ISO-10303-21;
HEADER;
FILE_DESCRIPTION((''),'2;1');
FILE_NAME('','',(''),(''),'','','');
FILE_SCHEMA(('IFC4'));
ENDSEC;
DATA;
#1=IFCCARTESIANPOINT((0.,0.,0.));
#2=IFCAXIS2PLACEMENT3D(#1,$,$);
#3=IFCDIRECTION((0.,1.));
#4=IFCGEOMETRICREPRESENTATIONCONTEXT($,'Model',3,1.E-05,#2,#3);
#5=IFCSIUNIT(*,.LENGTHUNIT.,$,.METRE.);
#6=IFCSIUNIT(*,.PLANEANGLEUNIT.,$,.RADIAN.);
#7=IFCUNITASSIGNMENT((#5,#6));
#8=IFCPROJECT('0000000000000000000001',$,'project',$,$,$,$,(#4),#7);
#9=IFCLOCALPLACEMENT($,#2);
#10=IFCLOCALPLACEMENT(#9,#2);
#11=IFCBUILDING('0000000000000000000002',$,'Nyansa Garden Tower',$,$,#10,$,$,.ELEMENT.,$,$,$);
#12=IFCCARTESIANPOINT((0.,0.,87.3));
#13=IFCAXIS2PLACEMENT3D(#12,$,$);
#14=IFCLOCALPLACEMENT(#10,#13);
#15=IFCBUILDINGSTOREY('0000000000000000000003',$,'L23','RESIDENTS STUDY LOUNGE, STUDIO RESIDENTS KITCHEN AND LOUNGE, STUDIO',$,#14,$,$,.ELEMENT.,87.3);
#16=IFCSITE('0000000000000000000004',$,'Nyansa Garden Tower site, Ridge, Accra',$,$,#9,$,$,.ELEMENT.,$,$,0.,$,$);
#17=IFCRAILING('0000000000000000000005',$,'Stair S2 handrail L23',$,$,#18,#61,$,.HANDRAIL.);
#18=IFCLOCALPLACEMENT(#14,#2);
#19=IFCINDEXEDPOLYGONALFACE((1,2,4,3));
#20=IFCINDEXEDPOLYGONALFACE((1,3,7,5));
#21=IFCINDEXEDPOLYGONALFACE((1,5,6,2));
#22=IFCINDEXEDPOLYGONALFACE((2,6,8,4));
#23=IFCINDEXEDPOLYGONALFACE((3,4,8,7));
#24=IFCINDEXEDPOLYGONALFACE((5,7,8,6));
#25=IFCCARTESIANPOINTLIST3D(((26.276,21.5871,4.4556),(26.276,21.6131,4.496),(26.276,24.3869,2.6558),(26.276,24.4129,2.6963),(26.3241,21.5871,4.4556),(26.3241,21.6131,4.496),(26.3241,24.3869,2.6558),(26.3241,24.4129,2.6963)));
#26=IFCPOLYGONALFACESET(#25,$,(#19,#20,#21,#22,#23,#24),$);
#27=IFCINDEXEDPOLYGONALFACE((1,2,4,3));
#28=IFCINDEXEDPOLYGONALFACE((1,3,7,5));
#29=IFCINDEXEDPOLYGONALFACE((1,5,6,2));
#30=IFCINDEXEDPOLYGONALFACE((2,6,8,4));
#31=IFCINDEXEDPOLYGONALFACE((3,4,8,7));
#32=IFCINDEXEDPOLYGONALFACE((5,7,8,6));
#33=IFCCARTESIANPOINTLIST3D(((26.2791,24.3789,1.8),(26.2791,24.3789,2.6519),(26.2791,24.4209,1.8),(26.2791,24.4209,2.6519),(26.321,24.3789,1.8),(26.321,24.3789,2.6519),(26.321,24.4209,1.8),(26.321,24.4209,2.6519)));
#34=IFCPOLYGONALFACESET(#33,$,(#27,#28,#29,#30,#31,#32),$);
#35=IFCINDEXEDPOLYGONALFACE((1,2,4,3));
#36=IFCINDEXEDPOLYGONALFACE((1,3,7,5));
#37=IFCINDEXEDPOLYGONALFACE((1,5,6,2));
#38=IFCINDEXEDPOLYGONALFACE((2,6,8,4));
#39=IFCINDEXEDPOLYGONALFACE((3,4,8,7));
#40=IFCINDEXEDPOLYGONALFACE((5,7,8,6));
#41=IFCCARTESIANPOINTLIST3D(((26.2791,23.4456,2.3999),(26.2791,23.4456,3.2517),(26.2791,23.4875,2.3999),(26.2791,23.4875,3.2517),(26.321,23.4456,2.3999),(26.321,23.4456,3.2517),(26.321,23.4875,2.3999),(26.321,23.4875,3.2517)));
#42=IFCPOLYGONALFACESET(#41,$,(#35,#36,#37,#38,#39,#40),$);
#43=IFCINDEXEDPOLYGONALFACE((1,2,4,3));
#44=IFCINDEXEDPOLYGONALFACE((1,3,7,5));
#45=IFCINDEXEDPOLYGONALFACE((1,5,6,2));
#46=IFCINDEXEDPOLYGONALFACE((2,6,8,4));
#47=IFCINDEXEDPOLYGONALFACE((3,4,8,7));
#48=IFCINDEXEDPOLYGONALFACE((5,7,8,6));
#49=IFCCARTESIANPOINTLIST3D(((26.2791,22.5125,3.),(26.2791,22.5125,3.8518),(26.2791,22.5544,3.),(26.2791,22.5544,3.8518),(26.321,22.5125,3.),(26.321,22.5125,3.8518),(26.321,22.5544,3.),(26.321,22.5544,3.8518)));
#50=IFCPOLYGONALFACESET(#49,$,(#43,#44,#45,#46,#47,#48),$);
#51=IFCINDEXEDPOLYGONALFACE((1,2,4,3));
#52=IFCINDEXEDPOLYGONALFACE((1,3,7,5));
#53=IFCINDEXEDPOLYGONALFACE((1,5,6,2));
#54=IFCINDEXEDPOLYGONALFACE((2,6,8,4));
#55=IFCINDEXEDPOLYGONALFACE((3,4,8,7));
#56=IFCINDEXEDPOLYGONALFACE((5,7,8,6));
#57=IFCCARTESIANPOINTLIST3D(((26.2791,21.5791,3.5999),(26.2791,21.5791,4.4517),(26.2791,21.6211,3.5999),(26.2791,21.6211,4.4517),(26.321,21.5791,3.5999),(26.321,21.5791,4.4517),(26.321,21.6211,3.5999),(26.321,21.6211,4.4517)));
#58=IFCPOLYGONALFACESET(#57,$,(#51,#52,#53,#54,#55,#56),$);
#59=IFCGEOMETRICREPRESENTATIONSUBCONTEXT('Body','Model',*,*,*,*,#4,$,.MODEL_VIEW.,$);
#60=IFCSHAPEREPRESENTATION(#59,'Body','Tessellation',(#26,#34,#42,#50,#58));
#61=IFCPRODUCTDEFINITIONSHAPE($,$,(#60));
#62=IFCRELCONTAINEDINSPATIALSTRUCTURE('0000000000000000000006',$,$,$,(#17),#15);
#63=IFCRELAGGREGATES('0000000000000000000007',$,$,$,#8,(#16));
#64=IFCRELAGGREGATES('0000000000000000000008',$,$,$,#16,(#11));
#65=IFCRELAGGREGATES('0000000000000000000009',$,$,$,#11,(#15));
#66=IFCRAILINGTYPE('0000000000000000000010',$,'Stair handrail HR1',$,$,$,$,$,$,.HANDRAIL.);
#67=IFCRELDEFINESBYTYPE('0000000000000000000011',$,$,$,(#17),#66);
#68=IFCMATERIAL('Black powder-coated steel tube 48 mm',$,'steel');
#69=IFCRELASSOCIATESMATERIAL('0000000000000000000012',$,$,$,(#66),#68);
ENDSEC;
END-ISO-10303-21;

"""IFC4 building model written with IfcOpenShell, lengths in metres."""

from ifc_helpers import new_model, si_unit, direction, frame, origin, origin_2d, place, context, subcontext, project, spatial, rectangle, extrude, material, type_object, element, save


model = new_model("IFC4")

# Units and contexts
model_context = context("Model", 3, precision=1e-05, world=origin(), true_north=direction((0.0, 1.0)))
body_context = subcontext(model_context, "Body", "Model", "MODEL_VIEW")
ifc_project = project(units=[si_unit("LENGTHUNIT", "METRE"), si_unit("PLANEANGLEUNIT", "RADIAN")], contexts=[model_context])

# Site, building, storey
site_placement = place(None, origin())
site = spatial("IfcSite", under=ifc_project, at=site_placement, Name="Nyansa Garden Tower site, Ridge, Accra", CompositionType="ELEMENT", RefElevation=0.0)
building_placement = place(site_placement, origin())
building = spatial("IfcBuilding", under=site, at=building_placement, Name="Nyansa Garden Tower", CompositionType="ELEMENT")
storey_placement = place(building_placement, frame((0.0, 0.0, 87.3)))
storey = spatial("IfcBuildingStorey", under=building, at=storey_placement, Name="L23", Description="RESIDENTS STUDY LOUNGE, STUDIO RESIDENTS KITCHEN AND LOUNGE, STUDIO", CompositionType="ELEMENT", Elevation=87.3)

# Railing
ifc_material_1 = material(Name="Black powder-coated steel tube 48 mm", Category="steel")
railing_type = type_object("IfcRailingType", Name="Stair handrail HR1", PredefinedType="HANDRAIL", material=ifc_material_1)
railing_1_placement = place(storey_placement, frame((26.3, 24.3999, 1.8)))
element("IfcRailing", 1, at=railing_1_placement, inside=storey, type_object=railing_type, Name="Stair S2 handrail L23", PredefinedType="HANDRAIL", context=body_context, shape_type="SweptSolid", body=[
    extrude(rectangle(XDim=0.0481, YDim=0.0481, at=origin_2d()), frame((0.0, 0.0, 0.876), z_axis=(0.0, -0.841188, 0.540743), x_axis=(1.0, 0.0, 0.0)), (0.0, 0.0, 1.0), 3.3284),
    extrude(rectangle(XDim=0.042, YDim=0.042, at=origin_2d()), origin(), (0.0, 0.0, 1.0), 0.8518),
    extrude(rectangle(XDim=0.042, YDim=0.042, at=origin_2d()), frame((0.0, -0.9333, 0.5999)), (0.0, 0.0, 1.0), 0.8518),
    extrude(rectangle(XDim=0.042, YDim=0.042, at=origin_2d()), frame((0.0, -1.8665, 1.2)), (0.0, 0.0, 1.0), 0.8518),
    extrude(rectangle(XDim=0.042, YDim=0.042, at=origin_2d()), frame((0.0, -2.7998, 1.7998)), (0.0, 0.0, 1.0), 0.8518),
])

save(model, "model.ifc")
